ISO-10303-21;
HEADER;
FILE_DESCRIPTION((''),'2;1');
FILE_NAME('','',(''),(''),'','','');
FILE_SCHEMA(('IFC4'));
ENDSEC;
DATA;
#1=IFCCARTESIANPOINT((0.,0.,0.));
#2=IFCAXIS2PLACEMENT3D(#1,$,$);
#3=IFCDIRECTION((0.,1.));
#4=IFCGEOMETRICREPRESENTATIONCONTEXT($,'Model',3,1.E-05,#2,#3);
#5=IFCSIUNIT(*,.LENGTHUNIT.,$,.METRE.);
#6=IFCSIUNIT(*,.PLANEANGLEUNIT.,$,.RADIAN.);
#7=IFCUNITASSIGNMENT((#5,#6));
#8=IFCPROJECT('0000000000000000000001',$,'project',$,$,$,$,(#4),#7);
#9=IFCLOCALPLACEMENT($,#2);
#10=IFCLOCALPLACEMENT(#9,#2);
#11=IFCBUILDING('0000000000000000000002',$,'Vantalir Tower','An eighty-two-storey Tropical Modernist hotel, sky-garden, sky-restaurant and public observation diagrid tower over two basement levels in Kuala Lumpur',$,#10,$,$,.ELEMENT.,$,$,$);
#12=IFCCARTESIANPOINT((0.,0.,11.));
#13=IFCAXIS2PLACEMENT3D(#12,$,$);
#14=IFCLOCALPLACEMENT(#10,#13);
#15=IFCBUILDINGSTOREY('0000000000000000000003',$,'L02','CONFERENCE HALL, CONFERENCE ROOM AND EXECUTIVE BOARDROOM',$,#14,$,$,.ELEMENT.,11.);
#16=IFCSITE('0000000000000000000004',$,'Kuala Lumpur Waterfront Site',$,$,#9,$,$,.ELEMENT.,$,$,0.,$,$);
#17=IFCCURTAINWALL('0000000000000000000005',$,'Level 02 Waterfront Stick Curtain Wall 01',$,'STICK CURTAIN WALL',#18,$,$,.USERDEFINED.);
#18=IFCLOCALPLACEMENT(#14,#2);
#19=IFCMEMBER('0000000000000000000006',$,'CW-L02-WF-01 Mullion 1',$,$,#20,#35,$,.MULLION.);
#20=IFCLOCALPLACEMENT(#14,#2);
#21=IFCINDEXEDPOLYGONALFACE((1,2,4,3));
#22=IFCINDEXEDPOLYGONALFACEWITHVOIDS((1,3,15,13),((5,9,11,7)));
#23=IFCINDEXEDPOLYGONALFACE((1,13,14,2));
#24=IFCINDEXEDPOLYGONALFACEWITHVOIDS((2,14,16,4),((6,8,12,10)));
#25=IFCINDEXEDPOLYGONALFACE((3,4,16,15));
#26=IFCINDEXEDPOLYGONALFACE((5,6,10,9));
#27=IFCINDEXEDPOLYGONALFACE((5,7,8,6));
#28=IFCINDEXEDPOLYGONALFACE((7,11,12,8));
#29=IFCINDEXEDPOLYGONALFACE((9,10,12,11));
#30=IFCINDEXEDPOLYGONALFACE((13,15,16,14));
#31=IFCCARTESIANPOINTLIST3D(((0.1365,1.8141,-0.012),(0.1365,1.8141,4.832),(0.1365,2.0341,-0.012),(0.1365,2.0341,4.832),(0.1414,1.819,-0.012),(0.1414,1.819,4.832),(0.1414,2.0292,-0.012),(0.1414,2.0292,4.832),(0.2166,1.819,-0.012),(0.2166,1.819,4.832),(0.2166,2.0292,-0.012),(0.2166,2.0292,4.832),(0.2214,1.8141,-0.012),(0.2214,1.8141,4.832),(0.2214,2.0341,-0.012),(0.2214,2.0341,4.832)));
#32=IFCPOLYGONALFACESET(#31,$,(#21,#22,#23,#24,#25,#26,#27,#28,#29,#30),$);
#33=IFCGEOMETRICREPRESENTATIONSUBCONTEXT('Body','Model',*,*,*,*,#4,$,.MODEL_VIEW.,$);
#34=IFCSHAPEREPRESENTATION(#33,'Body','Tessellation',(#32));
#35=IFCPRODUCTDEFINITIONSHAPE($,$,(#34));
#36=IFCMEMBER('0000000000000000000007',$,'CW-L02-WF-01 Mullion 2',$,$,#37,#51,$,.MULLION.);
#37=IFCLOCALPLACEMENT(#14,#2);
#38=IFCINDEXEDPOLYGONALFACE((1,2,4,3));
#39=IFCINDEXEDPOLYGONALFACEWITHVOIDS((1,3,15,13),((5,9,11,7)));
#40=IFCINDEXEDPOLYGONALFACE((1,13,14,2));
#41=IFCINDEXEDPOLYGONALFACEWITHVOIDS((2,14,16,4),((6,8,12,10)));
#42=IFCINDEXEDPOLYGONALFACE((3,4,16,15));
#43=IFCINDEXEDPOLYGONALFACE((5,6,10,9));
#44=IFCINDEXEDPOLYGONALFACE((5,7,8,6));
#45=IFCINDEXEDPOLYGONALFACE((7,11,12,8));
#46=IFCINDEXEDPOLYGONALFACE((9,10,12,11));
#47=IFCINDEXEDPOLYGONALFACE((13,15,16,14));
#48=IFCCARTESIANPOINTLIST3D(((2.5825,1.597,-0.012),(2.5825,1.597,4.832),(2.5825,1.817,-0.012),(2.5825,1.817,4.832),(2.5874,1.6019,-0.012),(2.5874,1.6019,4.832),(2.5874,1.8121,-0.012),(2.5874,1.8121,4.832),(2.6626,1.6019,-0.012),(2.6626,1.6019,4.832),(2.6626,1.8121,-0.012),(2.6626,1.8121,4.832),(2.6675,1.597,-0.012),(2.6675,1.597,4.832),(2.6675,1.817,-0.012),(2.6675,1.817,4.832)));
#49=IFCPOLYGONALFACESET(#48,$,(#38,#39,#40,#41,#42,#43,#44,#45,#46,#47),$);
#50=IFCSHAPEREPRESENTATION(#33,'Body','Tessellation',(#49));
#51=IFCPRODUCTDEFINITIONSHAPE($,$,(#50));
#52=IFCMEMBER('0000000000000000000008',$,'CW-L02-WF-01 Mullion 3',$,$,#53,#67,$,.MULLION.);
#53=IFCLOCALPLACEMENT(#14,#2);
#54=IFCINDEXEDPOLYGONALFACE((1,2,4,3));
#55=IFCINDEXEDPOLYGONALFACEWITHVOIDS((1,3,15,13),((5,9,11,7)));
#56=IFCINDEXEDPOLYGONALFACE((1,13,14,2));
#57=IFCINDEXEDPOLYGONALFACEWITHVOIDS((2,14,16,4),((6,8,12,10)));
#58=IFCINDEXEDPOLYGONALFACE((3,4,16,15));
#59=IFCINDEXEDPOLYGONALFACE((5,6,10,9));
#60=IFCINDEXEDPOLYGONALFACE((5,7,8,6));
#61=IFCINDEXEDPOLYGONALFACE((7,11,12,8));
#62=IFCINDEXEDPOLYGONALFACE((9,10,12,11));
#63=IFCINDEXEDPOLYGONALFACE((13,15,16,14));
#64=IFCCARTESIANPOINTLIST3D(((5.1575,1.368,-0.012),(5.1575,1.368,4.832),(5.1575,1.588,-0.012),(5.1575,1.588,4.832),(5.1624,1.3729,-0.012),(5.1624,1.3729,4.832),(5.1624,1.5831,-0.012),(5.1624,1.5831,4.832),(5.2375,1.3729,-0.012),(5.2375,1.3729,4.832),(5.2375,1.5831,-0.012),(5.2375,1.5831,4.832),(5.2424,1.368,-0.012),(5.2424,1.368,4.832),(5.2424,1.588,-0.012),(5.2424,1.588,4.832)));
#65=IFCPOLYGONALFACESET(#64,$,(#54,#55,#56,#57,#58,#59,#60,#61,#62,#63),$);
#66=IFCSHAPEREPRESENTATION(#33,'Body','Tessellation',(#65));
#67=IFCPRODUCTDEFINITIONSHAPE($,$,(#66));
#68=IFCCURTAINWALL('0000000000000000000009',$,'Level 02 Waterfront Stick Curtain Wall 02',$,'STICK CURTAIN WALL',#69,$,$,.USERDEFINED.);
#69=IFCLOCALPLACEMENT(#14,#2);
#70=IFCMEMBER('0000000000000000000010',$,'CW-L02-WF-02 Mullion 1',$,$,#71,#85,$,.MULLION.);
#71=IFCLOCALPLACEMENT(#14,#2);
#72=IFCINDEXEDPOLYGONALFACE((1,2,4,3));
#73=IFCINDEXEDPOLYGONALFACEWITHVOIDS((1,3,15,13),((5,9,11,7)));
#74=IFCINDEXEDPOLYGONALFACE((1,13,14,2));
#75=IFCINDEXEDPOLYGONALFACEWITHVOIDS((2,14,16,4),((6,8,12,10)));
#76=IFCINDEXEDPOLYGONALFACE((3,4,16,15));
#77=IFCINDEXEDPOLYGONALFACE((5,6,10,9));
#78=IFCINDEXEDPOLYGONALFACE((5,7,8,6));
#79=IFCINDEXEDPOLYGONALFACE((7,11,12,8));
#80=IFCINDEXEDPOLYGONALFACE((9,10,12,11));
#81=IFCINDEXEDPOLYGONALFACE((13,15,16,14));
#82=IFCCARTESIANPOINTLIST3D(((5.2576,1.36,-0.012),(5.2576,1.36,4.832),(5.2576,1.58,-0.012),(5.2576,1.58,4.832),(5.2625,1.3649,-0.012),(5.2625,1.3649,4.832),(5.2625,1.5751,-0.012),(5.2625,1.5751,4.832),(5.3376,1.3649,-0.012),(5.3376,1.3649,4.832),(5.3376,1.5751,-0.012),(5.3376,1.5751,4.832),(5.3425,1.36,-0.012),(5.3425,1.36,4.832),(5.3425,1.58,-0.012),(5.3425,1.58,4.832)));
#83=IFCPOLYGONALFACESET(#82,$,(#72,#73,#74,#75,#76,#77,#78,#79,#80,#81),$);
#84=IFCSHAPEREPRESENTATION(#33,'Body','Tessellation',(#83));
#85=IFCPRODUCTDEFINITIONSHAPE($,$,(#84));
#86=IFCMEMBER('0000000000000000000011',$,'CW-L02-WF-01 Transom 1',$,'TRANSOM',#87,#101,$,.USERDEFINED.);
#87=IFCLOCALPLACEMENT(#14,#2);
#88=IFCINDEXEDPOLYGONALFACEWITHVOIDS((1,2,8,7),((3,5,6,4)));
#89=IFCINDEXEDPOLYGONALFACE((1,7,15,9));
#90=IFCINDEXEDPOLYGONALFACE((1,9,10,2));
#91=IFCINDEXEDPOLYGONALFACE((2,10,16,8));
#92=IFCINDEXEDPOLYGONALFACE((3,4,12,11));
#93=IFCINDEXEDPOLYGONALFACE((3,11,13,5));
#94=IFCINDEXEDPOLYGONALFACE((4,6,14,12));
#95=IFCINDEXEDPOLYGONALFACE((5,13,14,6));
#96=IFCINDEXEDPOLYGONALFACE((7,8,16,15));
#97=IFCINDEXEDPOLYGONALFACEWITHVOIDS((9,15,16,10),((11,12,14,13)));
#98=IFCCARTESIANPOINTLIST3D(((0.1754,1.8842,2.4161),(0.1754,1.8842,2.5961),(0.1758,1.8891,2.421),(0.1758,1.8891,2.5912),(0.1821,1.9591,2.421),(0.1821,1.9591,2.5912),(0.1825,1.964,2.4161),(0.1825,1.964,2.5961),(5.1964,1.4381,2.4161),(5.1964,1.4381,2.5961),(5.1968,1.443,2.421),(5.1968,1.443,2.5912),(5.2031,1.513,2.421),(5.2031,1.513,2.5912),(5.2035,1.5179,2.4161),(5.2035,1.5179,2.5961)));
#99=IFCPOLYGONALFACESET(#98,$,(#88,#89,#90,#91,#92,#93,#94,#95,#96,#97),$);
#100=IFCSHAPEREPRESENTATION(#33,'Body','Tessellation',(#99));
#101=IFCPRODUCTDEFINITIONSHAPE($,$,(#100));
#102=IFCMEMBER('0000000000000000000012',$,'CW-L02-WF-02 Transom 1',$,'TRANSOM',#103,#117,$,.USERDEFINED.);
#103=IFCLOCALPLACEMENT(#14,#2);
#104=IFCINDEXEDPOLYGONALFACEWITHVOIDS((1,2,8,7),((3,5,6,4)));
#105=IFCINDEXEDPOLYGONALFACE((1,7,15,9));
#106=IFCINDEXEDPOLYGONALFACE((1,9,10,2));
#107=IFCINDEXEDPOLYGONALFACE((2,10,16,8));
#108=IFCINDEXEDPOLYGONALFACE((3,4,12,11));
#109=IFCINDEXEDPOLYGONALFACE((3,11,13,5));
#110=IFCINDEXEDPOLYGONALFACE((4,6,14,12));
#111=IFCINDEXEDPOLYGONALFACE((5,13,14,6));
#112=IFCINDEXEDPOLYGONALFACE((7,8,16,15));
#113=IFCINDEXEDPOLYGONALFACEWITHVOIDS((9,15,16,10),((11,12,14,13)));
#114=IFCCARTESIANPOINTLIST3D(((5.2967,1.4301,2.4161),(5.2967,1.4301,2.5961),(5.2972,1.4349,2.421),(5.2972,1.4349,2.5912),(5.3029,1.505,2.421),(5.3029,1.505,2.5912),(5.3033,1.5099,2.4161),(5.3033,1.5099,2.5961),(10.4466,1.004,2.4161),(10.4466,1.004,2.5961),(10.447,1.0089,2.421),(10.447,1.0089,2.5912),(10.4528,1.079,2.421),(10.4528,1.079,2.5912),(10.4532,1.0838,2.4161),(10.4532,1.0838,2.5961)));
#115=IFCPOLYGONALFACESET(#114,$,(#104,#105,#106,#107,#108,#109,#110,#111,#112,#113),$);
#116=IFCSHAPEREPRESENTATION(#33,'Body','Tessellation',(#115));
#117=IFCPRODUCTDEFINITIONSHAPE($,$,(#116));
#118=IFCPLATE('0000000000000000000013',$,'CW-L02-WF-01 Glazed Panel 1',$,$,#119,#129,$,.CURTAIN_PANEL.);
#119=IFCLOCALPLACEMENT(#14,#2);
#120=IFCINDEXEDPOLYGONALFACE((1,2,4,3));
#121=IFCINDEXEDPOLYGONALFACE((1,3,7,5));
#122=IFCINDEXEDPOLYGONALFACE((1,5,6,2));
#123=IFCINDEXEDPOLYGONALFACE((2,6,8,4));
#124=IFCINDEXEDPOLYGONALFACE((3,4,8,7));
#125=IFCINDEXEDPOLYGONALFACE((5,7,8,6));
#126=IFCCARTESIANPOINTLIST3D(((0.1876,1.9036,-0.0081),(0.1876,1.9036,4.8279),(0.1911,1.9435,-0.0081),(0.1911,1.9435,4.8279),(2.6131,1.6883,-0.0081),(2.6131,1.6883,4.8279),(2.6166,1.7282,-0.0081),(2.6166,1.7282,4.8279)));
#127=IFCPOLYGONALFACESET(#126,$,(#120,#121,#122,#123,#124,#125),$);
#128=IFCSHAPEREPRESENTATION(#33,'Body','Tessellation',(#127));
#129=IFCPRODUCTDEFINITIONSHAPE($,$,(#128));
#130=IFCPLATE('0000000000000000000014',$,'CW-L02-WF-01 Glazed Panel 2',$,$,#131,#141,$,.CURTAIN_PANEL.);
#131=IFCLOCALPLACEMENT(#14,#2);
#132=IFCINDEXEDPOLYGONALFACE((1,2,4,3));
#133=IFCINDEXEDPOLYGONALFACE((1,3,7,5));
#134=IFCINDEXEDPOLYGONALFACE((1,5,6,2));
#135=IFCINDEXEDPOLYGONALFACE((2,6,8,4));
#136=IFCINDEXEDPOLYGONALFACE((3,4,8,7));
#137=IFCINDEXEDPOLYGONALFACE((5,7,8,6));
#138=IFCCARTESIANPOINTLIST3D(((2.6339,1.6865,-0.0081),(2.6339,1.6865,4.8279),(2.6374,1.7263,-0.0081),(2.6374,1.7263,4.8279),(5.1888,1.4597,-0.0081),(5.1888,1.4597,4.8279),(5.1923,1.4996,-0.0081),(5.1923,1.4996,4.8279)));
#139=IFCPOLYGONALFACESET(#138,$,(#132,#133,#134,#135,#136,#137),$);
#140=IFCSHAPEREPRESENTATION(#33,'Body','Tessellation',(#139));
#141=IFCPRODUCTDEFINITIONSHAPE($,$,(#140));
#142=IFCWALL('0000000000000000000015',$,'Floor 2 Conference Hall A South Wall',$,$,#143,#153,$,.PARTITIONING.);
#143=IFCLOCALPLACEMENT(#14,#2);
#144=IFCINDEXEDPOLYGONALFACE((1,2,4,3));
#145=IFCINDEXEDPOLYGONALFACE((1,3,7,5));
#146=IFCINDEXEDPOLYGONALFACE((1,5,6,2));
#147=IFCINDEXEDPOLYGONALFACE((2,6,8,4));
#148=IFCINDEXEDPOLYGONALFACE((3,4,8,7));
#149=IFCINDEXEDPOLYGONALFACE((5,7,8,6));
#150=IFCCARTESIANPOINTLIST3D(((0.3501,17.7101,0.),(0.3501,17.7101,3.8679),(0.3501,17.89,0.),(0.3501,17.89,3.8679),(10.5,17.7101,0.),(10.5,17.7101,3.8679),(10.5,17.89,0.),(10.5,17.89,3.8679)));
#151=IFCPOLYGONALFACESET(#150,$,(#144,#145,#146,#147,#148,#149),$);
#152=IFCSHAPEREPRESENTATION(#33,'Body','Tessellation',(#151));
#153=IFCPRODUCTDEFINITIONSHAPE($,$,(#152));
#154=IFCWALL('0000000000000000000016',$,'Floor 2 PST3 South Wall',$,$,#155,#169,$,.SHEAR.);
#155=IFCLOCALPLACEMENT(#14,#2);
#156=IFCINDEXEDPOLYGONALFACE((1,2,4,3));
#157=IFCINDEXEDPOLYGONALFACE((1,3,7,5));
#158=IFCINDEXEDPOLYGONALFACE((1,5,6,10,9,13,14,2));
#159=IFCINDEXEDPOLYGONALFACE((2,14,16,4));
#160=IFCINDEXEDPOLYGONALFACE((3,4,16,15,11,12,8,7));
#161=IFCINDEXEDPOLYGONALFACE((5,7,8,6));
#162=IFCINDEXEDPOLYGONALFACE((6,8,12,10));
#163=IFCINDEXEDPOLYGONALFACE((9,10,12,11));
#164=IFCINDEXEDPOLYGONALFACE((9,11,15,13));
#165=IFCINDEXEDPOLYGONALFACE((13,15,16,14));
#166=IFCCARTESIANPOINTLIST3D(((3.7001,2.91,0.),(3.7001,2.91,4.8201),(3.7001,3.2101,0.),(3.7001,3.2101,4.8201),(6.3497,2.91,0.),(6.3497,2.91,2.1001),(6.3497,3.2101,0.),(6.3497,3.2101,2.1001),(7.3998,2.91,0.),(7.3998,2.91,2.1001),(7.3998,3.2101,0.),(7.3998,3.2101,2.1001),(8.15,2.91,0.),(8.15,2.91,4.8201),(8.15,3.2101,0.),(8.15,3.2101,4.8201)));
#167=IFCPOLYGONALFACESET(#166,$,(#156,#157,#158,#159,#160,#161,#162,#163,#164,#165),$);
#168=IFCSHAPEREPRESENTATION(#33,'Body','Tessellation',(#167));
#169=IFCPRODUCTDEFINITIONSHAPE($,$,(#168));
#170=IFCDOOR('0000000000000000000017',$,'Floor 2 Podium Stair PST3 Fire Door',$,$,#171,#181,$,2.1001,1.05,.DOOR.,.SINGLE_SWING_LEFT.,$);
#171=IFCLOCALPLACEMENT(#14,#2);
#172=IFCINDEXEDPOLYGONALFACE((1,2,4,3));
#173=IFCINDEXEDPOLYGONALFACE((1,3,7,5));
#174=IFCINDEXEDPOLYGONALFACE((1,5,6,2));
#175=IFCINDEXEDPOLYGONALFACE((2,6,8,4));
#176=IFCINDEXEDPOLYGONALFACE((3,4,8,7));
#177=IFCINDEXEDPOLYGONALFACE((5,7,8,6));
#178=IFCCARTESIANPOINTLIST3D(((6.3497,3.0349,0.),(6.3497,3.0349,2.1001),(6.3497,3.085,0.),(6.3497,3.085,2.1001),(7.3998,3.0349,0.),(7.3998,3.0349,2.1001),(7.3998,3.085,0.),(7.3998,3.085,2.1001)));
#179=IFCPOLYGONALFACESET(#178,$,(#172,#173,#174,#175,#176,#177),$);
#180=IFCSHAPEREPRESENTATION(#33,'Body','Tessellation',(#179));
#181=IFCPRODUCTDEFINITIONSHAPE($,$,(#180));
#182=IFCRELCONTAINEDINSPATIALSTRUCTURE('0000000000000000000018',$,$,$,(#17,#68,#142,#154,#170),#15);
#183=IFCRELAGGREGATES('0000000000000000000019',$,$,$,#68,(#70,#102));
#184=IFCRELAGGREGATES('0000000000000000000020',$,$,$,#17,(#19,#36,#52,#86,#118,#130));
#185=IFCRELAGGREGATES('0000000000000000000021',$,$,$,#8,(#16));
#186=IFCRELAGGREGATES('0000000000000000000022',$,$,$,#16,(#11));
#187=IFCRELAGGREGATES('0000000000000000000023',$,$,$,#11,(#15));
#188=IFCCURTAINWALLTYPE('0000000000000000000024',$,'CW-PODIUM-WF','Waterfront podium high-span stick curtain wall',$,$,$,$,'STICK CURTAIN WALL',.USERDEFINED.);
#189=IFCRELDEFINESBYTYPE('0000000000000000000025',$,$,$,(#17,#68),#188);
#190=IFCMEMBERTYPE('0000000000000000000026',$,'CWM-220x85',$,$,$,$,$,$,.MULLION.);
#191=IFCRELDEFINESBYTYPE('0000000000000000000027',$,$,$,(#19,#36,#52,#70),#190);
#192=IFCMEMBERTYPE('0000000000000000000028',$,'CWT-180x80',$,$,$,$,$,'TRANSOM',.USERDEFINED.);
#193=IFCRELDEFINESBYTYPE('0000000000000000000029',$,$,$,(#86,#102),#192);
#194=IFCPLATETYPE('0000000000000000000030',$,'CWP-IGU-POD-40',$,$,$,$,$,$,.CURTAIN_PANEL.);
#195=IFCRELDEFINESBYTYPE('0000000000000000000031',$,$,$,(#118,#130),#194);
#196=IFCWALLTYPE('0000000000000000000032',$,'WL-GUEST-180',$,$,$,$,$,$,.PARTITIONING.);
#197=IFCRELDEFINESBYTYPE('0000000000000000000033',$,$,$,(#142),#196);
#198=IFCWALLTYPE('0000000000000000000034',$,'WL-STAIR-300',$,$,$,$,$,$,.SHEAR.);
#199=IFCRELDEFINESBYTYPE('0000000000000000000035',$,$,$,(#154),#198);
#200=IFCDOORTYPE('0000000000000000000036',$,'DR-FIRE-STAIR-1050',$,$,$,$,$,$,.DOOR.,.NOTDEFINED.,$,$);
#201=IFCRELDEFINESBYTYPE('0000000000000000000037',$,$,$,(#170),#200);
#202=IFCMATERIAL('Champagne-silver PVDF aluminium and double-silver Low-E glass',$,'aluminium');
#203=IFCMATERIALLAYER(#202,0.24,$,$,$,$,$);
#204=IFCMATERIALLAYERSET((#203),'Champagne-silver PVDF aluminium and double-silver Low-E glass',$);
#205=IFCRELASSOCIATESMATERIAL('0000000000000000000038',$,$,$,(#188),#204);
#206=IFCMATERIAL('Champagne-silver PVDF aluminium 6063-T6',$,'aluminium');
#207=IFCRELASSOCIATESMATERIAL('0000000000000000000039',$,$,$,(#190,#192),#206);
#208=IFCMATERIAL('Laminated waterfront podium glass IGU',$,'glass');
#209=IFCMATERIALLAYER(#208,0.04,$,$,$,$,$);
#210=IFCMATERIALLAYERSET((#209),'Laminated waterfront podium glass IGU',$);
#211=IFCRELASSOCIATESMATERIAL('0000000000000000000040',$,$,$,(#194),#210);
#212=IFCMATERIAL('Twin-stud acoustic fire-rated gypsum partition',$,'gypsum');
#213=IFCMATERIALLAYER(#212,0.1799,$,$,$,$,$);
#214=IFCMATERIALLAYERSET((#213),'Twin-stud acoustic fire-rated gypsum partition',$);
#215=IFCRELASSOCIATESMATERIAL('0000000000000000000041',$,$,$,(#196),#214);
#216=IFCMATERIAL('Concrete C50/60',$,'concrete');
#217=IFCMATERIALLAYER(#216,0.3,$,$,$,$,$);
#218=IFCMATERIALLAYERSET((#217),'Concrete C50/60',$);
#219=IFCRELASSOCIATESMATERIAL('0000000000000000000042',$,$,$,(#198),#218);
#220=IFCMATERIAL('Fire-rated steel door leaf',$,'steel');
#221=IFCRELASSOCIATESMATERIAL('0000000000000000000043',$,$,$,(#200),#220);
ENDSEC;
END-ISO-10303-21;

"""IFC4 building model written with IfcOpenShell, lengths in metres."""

from ifc_helpers import new_model, si_unit, direction, frame, frame_2d, origin, origin_2d, place, context, subcontext, project, spatial, rectangle, hollow_rectangle, extrude, material, layer, layer_set, material_profile, profile_set, type_object, element, fill, aggregate, save


model = new_model("IFC4")

# Units and contexts
model_context = context("Model", 3, precision=1e-05, world=origin(), true_north=direction((0.0, 1.0)))
body_context = subcontext(model_context, "Body", "Model", "MODEL_VIEW")
ifc_project = project(units=[si_unit("LENGTHUNIT", "METRE"), si_unit("PLANEANGLEUNIT", "RADIAN")], contexts=[model_context])

# Site, building, storey
site_placement = place(None, origin())
site = spatial("IfcSite", under=ifc_project, at=site_placement, Name="Kuala Lumpur Waterfront Site", CompositionType="ELEMENT", RefElevation=0.0)
building_placement = place(site_placement, origin())
building = spatial("IfcBuilding", under=site, at=building_placement, Name="Vantalir Tower", Description="An eighty-two-storey Tropical Modernist hotel, sky-garden, sky-restaurant and public observation diagrid tower over two basement levels in Kuala Lumpur", CompositionType="ELEMENT")
storey_placement = place(building_placement, frame((0.0, 0.0, 11.0)))
storey = spatial("IfcBuildingStorey", under=building, at=storey_placement, Name="L02", Description="CONFERENCE HALL, CONFERENCE ROOM AND EXECUTIVE BOARDROOM", CompositionType="ELEMENT", Elevation=11.0)

# Shared definitions
ifc_material_1 = material(Name="Concrete C50/60", Category="concrete")

# Curtain wall, members
ifc_material_2 = material(Name="Champagne-silver PVDF aluminium and double-silver Low-E glass", Category="aluminium")
ifc_layer_1 = layer(ifc_material_2, 0.24)
ifc_layer_set_1 = layer_set([ifc_layer_1], Name="Champagne-silver PVDF aluminium and double-silver Low-E glass")
curtain_wall_type = type_object("IfcCurtainWallType", Name="CW-PODIUM-WF", Description="Waterfront podium high-span stick curtain wall", ElementType="STICK CURTAIN WALL", PredefinedType="USERDEFINED", material=ifc_layer_set_1)
curtain_wall_1_placement = place(storey_placement, origin())
curtain_wall_1 = element("IfcCurtainWall", 1, at=curtain_wall_1_placement, inside=storey, type_object=curtain_wall_type, Name="Level 02 Waterfront Stick Curtain Wall 01", ObjectType="STICK CURTAIN WALL", PredefinedType="USERDEFINED")
ifc_material_3 = material(Name="Champagne-silver PVDF aluminium 6063-T6", Category="aluminium")
ifc_material_profile_1 = material_profile(ifc_material_3, hollow_rectangle(XDim=0.085, YDim=0.22, WallThickness=0.0049, at=origin_2d()), Name="Champagne-silver PVDF aluminium 6063-T6")
ifc_profile_set_1 = profile_set([ifc_material_profile_1], Name="Champagne-silver PVDF aluminium 6063-T6")
member_type_1 = type_object("IfcMemberType", Name="CWM-220x85", PredefinedType="MULLION", material=ifc_profile_set_1)
member_1_placement = place(storey_placement, frame((0.179, 1.9241, -0.012), z_axis=(0.0, 0.0, 1.0), x_axis=(1.0, 0.0, 0.0)))
member_1 = element("IfcMember", 2, at=member_1_placement, type_object=member_type_1, Name="CW-L02-WF-01 Mullion 1", PredefinedType="MULLION", context=body_context, shape_type="SweptSolid", body=[
    extrude(hollow_rectangle(XDim=0.085, YDim=0.22, WallThickness=0.0049, at=origin_2d()), origin(), (0.0, 0.0, 1.0), 4.844),
])
member_2_placement = place(storey_placement, frame((2.625, 1.707, -0.012), z_axis=(0.0, 0.0, 1.0), x_axis=(1.0, 0.0, 0.0)))
member_2 = element("IfcMember", 3, at=member_2_placement, type_object=member_type_1, Name="CW-L02-WF-01 Mullion 2", PredefinedType="MULLION", context=body_context, shape_type="SweptSolid", body=[
    extrude(hollow_rectangle(XDim=0.085, YDim=0.22, WallThickness=0.0049, at=origin_2d()), origin(), (0.0, 0.0, 1.0), 4.844),
])
member_3_placement = place(storey_placement, frame((5.2, 1.478, -0.012), z_axis=(0.0, 0.0, 1.0), x_axis=(1.0, 0.0, 0.0)))
member_3 = element("IfcMember", 4, at=member_3_placement, type_object=member_type_1, Name="CW-L02-WF-01 Mullion 3", PredefinedType="MULLION", context=body_context, shape_type="SweptSolid", body=[
    extrude(hollow_rectangle(XDim=0.085, YDim=0.22, WallThickness=0.0049, at=origin_2d()), origin(), (0.0, 0.0, 1.0), 4.844),
])

# Curtain wall, member
curtain_wall_2_placement = place(storey_placement, origin())
curtain_wall_2 = element("IfcCurtainWall", 5, at=curtain_wall_2_placement, inside=storey, type_object=curtain_wall_type, Name="Level 02 Waterfront Stick Curtain Wall 02", ObjectType="STICK CURTAIN WALL", PredefinedType="USERDEFINED")
member_4_placement = place(storey_placement, frame((5.3, 1.47, -0.012), z_axis=(0.0, 0.0, 1.0), x_axis=(1.0, 0.0, 0.0)))
member_4 = element("IfcMember", 6, at=member_4_placement, type_object=member_type_1, Name="CW-L02-WF-02 Mullion 1", PredefinedType="MULLION", context=body_context, shape_type="SweptSolid", body=[
    extrude(hollow_rectangle(XDim=0.085, YDim=0.22, WallThickness=0.0049, at=origin_2d()), origin(), (0.0, 0.0, 1.0), 4.844),
])

# Members
ifc_material_profile_2 = material_profile(ifc_material_3, hollow_rectangle(XDim=0.0801, YDim=0.1799, WallThickness=0.0049, at=origin_2d()), Name="Champagne-silver PVDF aluminium 6063-T6")
ifc_profile_set_2 = profile_set([ifc_material_profile_2], Name="Champagne-silver PVDF aluminium 6063-T6")
member_type_2 = type_object("IfcMemberType", Name="CWT-180x80", ElementType="TRANSOM", PredefinedType="USERDEFINED", material=ifc_profile_set_2)
member_5_placement = place(storey_placement, frame((0.179, 1.9241, 2.5061), z_axis=(0.996077, -0.088487, 0.0), x_axis=(0.088487, 0.996077, 0.0)))
member_5 = element("IfcMember", 7, at=member_5_placement, type_object=member_type_2, Name="CW-L02-WF-01 Transom 1", ObjectType="TRANSOM", PredefinedType="USERDEFINED", context=body_context, shape_type="SweptSolid", body=[
    extrude(hollow_rectangle(XDim=0.0801, YDim=0.1799, WallThickness=0.0049, at=origin_2d()), origin(), (0.0, 0.0, 1.0), 5.0408),
])
member_6_placement = place(storey_placement, frame((5.3, 1.47, 2.5061), z_axis=(0.996596, -0.082443, 0.0), x_axis=(0.082443, 0.996596, 0.0)))
member_6 = element("IfcMember", 8, at=member_6_placement, type_object=member_type_2, Name="CW-L02-WF-02 Transom 1", ObjectType="TRANSOM", PredefinedType="USERDEFINED", context=body_context, shape_type="SweptSolid", body=[
    extrude(hollow_rectangle(XDim=0.0801, YDim=0.1799, WallThickness=0.0049, at=origin_2d()), origin(), (0.0, 0.0, 1.0), 5.1675),
])
aggregate(curtain_wall_2, [member_4, member_6])

# Plates
ifc_material_4 = material(Name="Laminated waterfront podium glass IGU", Category="glass")
ifc_layer_2 = layer(ifc_material_4, 0.04)
ifc_layer_set_2 = layer_set([ifc_layer_2], Name="Laminated waterfront podium glass IGU")
plate_type = type_object("IfcPlateType", Name="CWP-IGU-POD-40", PredefinedType="CURTAIN_PANEL", material=ifc_layer_set_2)
plate_1_placement = place(storey_placement, frame((1.4021, 1.8159, -0.0081), z_axis=(0.0, 0.0, 1.0), x_axis=(0.996084, -0.088408, 0.0)))
plate_1 = element("IfcPlate", 9, at=plate_1_placement, type_object=plate_type, Name="CW-L02-WF-01 Glazed Panel 1", PredefinedType="CURTAIN_PANEL", context=body_context, shape_type="SweptSolid", body=[
    extrude(rectangle(XDim=2.4351, YDim=0.04, at=origin_2d()), origin(), (0.0, 0.0, 1.0), 4.8359),
])
plate_2_placement = place(storey_placement, frame((3.9131, 1.593, -0.0081), z_axis=(0.0, 0.0, 1.0), x_axis=(0.996084, -0.088408, 0.0)))
plate_2 = element("IfcPlate", 10, at=plate_2_placement, type_object=plate_type, Name="CW-L02-WF-01 Glazed Panel 2", PredefinedType="CURTAIN_PANEL", context=body_context, shape_type="SweptSolid", body=[
    extrude(rectangle(XDim=2.5649, YDim=0.04, at=origin_2d()), origin(), (0.0, 0.0, 1.0), 4.8359),
])
aggregate(curtain_wall_1, [member_1, member_2, member_3, member_5, plate_1, plate_2])

# Wall
ifc_material_5 = material(Name="Twin-stud acoustic fire-rated gypsum partition", Category="gypsum")
ifc_layer_3 = layer(ifc_material_5, 0.1799)
ifc_layer_set_3 = layer_set([ifc_layer_3], Name="Twin-stud acoustic fire-rated gypsum partition")
wall_type_1 = type_object("IfcWallType", Name="WL-GUEST-180", PredefinedType="PARTITIONING", material=ifc_layer_set_3)
wall_1_placement = place(storey_placement, frame((0.3501, 17.8, 0.0), z_axis=(0.0, 0.0, 1.0), x_axis=(1.0, 0.0, 0.0)))
element("IfcWall", 11, at=wall_1_placement, inside=storey, type_object=wall_type_1, Name="Floor 2 Conference Hall A South Wall", PredefinedType="PARTITIONING", context=body_context, shape_type="SweptSolid", body=[
    extrude(rectangle(XDim=10.1499, YDim=0.1799, at=frame_2d((5.075, 0.0))), origin(), (0.0, 0.0, 1.0), 3.8679),
])

# Wall, opening, door
ifc_layer_4 = layer(ifc_material_1, 0.3)
ifc_layer_set_4 = layer_set([ifc_layer_4], Name="Concrete C50/60")
wall_type_2 = type_object("IfcWallType", Name="WL-STAIR-300", PredefinedType="SHEAR", material=ifc_layer_set_4)
wall_2_placement = place(storey_placement, frame((3.7, 3.0601, 0.0), z_axis=(0.0, 0.0, 1.0), x_axis=(1.0, 0.0, 0.0)))
wall_2 = element("IfcWall", 12, at=wall_2_placement, inside=storey, type_object=wall_type_2, Name="Floor 2 PST3 South Wall", PredefinedType="SHEAR", context=body_context, shape_type="SweptSolid", body=[
    extrude(rectangle(XDim=4.45, YDim=0.3, at=frame_2d((2.2251, 0.0))), origin(), (0.0, 0.0, 1.0), 4.8201),
])
opening_placement = place(wall_2_placement, frame((2.6499, 0.0, 0.0)))
opening = element("IfcOpeningElement", 13, at=opening_placement, cuts=wall_2, PredefinedType="OPENING", context=body_context, shape_type="SweptSolid", body=[
    extrude(rectangle(XDim=1.05, YDim=2.1001, at=frame_2d((0.5249, 1.05))), frame((0.0, 0.1599, 0.0), z_axis=(0.0, -1.0, 0.0), x_axis=(1.0, 0.0, 0.0)), (0.0, 0.0, 1.0), 0.3201),
])
ifc_material_6 = material(Name="Fire-rated steel door leaf", Category="steel")
door_type = type_object("IfcDoorType", Name="DR-FIRE-STAIR-1050", OperationType="NOTDEFINED", PredefinedType="DOOR", material=ifc_material_6)
door_placement = place(opening_placement, origin())
door = element("IfcDoor", 14, at=door_placement, inside=storey, type_object=door_type, Name="Floor 2 Podium Stair PST3 Fire Door", OperationType="SINGLE_SWING_LEFT", OverallHeight=2.1001, OverallWidth=1.05, PredefinedType="DOOR", context=body_context, shape_type="SweptSolid", body=[
    extrude(rectangle(XDim=1.05, YDim=2.1001, at=frame_2d((0.5249, 1.05))), frame((0.0, 0.0249, 0.0), z_axis=(0.0, -1.0, 0.0), x_axis=(1.0, 0.0, 0.0)), (0.0, 0.0, 1.0), 0.05),
])
fill(opening, door)

save(model, "model.ifc")
